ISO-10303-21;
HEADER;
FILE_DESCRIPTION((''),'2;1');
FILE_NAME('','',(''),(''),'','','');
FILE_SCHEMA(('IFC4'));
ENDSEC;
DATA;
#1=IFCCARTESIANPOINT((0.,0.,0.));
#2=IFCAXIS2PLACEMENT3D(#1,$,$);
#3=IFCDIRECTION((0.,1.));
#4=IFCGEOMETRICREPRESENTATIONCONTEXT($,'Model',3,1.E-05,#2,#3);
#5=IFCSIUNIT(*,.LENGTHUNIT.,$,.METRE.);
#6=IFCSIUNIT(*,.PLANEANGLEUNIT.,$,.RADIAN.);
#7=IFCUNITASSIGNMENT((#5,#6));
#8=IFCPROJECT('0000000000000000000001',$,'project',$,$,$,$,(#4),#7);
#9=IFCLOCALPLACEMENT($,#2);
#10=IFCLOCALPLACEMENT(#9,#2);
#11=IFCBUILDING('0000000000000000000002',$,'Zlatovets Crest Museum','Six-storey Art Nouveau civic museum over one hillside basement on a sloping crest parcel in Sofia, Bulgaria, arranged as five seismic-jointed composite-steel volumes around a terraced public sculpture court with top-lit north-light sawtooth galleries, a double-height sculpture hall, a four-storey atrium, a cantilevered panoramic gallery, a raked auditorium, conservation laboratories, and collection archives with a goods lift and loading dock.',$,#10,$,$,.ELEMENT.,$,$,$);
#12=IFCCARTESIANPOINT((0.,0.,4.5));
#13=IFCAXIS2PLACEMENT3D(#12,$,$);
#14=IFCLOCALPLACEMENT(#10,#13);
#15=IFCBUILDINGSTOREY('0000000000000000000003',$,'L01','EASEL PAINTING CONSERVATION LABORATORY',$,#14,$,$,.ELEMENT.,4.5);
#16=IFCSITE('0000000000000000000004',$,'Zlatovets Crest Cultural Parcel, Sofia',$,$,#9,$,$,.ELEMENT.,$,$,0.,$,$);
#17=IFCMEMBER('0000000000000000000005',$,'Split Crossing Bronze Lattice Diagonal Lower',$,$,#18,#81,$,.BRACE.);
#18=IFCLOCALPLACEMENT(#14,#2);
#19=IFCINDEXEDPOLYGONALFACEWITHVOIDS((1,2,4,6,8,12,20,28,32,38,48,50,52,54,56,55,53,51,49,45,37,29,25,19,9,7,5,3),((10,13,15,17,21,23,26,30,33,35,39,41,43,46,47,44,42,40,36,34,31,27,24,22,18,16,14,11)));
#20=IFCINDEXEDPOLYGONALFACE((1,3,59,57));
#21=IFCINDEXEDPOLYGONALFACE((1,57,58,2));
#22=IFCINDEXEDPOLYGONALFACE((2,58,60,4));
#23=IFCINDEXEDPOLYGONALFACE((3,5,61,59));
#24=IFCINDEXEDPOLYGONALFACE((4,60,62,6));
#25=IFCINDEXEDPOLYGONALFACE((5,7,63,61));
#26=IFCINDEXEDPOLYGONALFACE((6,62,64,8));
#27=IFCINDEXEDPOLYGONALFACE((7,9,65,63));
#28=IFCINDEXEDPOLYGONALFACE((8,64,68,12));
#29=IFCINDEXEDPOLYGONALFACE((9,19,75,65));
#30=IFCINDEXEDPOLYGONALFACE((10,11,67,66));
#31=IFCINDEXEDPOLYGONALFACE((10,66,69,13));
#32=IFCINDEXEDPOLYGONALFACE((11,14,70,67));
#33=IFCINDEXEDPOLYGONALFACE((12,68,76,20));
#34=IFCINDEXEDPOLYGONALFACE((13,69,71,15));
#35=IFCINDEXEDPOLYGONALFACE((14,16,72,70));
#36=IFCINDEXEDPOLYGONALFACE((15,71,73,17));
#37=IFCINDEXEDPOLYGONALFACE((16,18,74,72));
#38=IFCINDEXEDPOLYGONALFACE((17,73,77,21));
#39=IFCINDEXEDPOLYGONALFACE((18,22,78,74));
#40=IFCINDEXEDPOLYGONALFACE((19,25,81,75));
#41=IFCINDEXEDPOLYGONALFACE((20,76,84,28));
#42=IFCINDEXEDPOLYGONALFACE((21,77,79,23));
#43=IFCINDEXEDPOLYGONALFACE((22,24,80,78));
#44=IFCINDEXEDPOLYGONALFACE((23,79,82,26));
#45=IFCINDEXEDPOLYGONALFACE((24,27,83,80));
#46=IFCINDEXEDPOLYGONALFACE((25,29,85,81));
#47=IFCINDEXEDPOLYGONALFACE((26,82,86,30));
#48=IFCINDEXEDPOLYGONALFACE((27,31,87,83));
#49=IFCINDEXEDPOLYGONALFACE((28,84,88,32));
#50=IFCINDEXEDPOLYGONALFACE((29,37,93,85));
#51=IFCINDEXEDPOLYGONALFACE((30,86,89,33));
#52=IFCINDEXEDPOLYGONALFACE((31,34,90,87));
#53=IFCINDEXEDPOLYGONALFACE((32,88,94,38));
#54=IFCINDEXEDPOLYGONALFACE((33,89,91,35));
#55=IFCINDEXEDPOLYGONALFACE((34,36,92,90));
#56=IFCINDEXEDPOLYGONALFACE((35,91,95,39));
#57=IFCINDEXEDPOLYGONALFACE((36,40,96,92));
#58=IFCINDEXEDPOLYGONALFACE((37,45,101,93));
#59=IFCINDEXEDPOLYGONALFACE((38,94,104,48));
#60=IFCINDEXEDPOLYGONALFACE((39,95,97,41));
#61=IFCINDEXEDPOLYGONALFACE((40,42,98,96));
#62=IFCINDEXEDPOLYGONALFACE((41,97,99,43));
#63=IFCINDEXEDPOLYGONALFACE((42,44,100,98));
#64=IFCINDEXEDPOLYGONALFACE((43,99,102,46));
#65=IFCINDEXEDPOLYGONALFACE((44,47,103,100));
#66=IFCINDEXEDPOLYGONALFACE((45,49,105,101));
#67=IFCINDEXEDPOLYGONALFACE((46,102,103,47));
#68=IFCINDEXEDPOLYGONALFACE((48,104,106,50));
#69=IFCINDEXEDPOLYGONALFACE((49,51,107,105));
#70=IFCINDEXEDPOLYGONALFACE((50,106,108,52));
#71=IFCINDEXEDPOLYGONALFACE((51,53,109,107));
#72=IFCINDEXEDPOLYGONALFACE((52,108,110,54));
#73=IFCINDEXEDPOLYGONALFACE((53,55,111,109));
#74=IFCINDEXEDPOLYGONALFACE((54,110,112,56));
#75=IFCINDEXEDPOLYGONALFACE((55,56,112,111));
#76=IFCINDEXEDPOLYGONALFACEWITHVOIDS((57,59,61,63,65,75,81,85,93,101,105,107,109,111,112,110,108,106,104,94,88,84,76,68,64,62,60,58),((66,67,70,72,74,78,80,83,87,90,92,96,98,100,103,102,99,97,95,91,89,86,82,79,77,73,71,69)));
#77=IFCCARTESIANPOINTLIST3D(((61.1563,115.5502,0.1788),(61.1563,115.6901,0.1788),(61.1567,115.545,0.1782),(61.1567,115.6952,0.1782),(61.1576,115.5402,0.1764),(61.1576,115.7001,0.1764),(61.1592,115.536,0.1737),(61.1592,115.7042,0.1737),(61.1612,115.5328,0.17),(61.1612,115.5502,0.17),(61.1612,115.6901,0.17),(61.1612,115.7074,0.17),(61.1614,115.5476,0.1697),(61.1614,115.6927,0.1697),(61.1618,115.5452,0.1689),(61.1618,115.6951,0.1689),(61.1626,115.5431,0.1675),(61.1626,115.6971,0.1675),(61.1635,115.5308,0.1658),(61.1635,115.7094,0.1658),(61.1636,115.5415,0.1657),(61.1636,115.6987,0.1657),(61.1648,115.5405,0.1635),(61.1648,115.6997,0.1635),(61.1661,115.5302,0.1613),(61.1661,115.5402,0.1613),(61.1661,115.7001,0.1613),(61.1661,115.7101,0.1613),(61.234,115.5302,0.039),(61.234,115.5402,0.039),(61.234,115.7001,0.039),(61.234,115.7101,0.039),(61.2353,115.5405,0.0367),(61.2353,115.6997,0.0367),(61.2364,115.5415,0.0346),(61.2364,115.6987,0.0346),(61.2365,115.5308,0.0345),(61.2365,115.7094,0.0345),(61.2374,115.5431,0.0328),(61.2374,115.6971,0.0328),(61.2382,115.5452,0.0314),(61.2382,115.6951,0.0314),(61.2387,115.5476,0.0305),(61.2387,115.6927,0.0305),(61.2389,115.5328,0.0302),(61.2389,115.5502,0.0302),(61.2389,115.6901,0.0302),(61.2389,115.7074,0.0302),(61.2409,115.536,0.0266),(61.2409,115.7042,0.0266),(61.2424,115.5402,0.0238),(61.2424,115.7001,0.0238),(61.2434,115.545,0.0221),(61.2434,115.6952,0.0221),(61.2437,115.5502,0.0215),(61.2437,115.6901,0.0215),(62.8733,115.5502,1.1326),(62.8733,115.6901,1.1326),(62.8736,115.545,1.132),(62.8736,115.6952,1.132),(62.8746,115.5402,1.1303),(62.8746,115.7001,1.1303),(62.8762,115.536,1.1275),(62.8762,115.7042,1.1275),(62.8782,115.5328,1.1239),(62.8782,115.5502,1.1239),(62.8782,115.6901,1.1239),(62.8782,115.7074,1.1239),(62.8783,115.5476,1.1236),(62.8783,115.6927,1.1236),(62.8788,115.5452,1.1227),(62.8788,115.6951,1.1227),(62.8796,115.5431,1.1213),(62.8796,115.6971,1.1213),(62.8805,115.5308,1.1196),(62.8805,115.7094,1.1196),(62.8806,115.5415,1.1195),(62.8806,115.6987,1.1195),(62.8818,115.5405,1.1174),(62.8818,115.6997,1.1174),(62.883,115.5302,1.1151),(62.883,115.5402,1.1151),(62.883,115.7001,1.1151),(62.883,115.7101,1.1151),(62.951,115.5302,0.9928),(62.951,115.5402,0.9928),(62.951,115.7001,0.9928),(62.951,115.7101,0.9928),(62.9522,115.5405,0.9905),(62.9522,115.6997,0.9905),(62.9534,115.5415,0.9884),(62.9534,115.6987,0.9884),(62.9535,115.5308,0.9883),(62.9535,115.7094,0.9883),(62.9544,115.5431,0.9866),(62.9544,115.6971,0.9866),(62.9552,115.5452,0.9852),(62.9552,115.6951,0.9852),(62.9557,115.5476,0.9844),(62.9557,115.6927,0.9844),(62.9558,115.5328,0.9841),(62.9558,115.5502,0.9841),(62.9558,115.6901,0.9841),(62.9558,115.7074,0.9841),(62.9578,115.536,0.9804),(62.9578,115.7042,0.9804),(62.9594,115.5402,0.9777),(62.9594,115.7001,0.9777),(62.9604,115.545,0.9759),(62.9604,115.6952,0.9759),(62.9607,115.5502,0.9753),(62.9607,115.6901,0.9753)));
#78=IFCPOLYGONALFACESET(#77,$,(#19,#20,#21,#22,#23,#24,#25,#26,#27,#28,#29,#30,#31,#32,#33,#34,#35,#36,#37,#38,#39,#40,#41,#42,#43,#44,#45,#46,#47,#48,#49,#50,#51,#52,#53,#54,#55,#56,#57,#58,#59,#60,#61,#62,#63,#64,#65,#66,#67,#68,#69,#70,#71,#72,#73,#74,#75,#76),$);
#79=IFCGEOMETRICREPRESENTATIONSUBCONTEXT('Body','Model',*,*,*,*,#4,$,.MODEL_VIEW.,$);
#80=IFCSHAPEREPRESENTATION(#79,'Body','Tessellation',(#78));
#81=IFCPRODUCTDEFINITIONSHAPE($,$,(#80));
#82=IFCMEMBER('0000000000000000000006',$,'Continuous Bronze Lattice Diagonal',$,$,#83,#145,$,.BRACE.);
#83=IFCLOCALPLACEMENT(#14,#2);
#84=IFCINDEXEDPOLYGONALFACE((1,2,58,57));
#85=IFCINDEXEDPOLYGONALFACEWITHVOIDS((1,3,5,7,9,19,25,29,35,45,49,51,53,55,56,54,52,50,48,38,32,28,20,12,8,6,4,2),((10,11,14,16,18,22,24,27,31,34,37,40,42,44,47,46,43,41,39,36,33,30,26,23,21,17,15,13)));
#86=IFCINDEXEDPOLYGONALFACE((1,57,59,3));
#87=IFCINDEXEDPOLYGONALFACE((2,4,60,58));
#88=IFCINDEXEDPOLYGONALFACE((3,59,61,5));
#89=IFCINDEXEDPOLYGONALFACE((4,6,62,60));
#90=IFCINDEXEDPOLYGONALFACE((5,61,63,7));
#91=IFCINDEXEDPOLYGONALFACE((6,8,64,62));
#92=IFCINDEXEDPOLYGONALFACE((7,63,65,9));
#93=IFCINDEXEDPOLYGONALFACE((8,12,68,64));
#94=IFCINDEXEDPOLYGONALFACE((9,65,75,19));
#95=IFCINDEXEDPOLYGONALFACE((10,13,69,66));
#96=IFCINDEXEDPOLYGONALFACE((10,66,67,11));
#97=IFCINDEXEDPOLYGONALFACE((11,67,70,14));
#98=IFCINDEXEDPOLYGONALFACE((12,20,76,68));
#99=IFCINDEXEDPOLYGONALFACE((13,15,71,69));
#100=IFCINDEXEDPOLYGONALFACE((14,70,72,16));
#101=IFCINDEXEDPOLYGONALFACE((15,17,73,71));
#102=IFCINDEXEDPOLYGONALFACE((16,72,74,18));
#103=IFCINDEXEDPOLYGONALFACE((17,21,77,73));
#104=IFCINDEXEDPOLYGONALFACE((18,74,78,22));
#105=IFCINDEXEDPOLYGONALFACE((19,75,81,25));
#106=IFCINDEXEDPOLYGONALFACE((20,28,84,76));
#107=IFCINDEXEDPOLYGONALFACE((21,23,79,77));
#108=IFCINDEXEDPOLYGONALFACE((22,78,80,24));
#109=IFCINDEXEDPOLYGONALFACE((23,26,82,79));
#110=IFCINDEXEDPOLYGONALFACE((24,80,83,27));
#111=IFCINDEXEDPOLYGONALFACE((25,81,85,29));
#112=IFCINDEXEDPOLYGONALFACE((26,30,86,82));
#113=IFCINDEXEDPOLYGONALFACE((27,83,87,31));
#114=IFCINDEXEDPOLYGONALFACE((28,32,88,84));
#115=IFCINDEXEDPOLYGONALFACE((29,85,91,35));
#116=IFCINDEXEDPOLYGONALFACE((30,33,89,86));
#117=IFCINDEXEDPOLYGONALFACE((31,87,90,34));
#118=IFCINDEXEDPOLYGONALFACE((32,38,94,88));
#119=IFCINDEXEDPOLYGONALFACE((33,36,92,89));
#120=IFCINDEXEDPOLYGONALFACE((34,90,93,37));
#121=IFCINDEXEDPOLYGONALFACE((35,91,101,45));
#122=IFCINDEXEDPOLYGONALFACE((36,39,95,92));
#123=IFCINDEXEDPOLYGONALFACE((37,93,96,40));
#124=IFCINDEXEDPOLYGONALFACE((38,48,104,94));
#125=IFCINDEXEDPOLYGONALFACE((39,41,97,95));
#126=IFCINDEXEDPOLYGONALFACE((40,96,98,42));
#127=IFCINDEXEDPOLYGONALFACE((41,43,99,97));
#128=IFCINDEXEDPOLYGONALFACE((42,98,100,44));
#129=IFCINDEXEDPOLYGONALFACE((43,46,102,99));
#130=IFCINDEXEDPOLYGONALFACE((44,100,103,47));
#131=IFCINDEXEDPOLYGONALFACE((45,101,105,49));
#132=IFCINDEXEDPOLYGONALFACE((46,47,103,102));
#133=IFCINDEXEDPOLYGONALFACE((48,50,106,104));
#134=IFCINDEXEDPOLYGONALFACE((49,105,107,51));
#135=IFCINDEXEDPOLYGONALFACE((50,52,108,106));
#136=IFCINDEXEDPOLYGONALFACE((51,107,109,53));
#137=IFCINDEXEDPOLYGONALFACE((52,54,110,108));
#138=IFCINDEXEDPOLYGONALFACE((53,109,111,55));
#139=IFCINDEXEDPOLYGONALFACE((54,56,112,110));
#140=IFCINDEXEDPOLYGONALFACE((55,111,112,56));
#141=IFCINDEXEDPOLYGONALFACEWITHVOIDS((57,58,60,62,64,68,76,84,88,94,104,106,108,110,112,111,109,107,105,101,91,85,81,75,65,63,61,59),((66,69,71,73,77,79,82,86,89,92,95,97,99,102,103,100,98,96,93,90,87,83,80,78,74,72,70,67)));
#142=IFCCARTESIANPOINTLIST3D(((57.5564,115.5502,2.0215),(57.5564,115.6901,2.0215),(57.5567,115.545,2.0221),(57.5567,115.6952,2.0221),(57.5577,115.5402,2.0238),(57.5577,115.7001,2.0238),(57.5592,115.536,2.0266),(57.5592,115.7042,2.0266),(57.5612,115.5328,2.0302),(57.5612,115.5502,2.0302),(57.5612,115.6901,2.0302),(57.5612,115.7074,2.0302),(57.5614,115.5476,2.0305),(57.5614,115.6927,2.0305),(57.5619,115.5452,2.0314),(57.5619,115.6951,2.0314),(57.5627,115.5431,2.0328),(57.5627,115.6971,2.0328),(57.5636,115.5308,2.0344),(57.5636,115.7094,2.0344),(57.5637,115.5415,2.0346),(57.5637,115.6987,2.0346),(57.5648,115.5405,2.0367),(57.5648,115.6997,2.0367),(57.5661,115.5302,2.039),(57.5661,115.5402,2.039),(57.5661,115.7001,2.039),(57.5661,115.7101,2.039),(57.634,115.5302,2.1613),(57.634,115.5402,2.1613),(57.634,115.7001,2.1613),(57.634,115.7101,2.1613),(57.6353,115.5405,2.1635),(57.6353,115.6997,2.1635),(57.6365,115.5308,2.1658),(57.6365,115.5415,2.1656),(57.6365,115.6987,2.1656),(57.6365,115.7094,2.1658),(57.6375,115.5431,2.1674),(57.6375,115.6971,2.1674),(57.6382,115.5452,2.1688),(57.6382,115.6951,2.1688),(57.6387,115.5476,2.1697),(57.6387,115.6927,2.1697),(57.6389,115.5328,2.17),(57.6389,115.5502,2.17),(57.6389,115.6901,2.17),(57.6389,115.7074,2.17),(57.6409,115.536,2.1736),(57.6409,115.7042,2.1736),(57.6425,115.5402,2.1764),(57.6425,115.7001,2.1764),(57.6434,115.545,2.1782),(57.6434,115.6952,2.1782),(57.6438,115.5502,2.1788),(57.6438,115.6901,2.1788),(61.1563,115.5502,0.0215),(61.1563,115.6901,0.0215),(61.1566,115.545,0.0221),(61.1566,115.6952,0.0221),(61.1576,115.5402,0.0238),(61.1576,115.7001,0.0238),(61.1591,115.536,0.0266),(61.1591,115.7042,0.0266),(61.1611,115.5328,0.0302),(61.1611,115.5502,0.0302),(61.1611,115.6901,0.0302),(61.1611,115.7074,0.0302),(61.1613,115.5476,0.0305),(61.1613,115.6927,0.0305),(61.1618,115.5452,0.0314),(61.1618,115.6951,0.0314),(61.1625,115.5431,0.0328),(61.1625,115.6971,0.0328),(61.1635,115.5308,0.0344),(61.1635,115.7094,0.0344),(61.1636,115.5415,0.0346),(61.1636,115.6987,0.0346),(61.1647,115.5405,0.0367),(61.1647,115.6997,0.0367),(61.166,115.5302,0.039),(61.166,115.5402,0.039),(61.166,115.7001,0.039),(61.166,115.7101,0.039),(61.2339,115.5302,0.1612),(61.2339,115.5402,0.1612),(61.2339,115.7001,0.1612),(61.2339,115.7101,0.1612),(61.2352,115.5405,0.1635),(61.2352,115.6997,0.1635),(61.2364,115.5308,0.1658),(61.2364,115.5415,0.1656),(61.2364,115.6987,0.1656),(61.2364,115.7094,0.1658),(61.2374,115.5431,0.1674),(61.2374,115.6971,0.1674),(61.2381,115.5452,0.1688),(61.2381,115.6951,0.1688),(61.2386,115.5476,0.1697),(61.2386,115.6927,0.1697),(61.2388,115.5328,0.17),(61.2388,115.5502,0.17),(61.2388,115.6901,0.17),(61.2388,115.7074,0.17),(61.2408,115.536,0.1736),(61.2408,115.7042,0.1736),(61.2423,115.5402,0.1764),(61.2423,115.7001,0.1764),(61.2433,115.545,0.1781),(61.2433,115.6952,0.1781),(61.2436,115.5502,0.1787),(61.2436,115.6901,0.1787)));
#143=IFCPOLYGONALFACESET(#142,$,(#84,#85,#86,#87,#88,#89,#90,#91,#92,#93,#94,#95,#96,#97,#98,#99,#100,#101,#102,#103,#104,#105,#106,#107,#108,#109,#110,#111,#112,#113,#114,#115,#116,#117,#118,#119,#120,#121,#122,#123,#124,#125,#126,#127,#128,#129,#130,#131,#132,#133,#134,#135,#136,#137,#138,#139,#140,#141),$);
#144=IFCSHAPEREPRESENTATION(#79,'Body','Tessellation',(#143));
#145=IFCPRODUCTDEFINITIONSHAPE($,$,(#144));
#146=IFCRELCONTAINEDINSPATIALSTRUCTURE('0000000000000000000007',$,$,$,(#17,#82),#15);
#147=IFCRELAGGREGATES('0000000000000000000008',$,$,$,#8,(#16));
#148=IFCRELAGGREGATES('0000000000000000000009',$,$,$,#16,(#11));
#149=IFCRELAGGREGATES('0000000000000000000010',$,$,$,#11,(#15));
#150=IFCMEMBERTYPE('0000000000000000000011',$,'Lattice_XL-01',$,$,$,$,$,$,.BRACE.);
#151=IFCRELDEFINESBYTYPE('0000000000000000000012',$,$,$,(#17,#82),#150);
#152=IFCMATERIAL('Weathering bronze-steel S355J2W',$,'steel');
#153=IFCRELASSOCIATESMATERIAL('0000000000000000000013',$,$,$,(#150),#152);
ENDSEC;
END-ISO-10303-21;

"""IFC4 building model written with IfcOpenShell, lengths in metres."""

from ifc_helpers import new_model, si_unit, direction, frame, origin, origin_2d, place, context, subcontext, project, spatial, hollow_rectangle, extrude, material, material_profile, profile_set, type_object, element, save


model = new_model("IFC4")

# Units and contexts
model_context = context("Model", 3, precision=1e-05, world=origin(), true_north=direction((0.0, 1.0)))
body_context = subcontext(model_context, "Body", "Model", "MODEL_VIEW")
ifc_project = project(units=[si_unit("LENGTHUNIT", "METRE"), si_unit("PLANEANGLEUNIT", "RADIAN")], contexts=[model_context])

# Site, building, storey
site_placement = place(None, origin())
site = spatial("IfcSite", under=ifc_project, at=site_placement, Name="Zlatovets Crest Cultural Parcel, Sofia", CompositionType="ELEMENT", RefElevation=0.0)
building_placement = place(site_placement, origin())
building = spatial("IfcBuilding", under=site, at=building_placement, Name="Zlatovets Crest Museum", Description="Six-storey Art Nouveau civic museum over one hillside basement on a sloping crest parcel in Sofia, Bulgaria, arranged as five seismic-jointed composite-steel volumes around a terraced public sculpture court with top-lit north-light sawtooth galleries, a double-height sculpture hall, a four-storey atrium, a cantilevered panoramic gallery, a raked auditorium, conservation laboratories, and collection archives with a goods lift and loading dock.", CompositionType="ELEMENT")
storey_placement = place(building_placement, frame((0.0, 0.0, 4.5)))
storey = spatial("IfcBuildingStorey", under=building, at=storey_placement, Name="L01", Description="EASEL PAINTING CONSERVATION LABORATORY", CompositionType="ELEMENT", Elevation=4.5)

# Members
ifc_material_1 = material(Name="Weathering bronze-steel S355J2W", Category="steel")
ifc_material_profile_1 = material_profile(ifc_material_1, hollow_rectangle(XDim=0.1799, YDim=0.1799, WallThickness=0.01, InnerFilletRadius=0.01, OuterFilletRadius=0.02, at=origin_2d()), Name="SHS 180x180x10.0")
ifc_profile_set_1 = profile_set([ifc_material_profile_1], Name="Weathering bronze-steel S355J2W")
member_type_1 = type_object("IfcMemberType", Name="Lattice_XL-01", PredefinedType="BRACE", material=ifc_profile_set_1)
member_1_placement = place(storey_placement, frame((62.917, 115.6201, 1.054), z_axis=(-0.874169, 0.0, -0.485622), x_axis=(0.0, -1.0, 0.0)))
element("IfcMember", 1, at=member_1_placement, inside=storey, type_object=member_type_1, Name="Split Crossing Bronze Lattice Diagonal Lower", PredefinedType="BRACE", context=body_context, shape_type="SweptSolid", body=[
    extrude(hollow_rectangle(XDim=0.1799, YDim=0.1799, WallThickness=0.01, InnerFilletRadius=0.01, OuterFilletRadius=0.02, at=origin_2d()), origin(), (0.0, 0.0, 1.0), 1.9641),
])
member_2_placement = place(storey_placement, frame((61.2, 115.6201, 0.1001), z_axis=(-0.874149, 0.0, 0.485658), x_axis=(0.0, -1.0, 0.0)))
element("IfcMember", 2, at=member_2_placement, inside=storey, type_object=member_type_1, Name="Continuous Bronze Lattice Diagonal", PredefinedType="BRACE", context=body_context, shape_type="SweptSolid", body=[
    extrude(hollow_rectangle(XDim=0.1799, YDim=0.1799, WallThickness=0.01, InnerFilletRadius=0.01, OuterFilletRadius=0.02, at=origin_2d()), origin(), (0.0, 0.0, 1.0), 4.1182),
])

save(model, "model.ifc")
